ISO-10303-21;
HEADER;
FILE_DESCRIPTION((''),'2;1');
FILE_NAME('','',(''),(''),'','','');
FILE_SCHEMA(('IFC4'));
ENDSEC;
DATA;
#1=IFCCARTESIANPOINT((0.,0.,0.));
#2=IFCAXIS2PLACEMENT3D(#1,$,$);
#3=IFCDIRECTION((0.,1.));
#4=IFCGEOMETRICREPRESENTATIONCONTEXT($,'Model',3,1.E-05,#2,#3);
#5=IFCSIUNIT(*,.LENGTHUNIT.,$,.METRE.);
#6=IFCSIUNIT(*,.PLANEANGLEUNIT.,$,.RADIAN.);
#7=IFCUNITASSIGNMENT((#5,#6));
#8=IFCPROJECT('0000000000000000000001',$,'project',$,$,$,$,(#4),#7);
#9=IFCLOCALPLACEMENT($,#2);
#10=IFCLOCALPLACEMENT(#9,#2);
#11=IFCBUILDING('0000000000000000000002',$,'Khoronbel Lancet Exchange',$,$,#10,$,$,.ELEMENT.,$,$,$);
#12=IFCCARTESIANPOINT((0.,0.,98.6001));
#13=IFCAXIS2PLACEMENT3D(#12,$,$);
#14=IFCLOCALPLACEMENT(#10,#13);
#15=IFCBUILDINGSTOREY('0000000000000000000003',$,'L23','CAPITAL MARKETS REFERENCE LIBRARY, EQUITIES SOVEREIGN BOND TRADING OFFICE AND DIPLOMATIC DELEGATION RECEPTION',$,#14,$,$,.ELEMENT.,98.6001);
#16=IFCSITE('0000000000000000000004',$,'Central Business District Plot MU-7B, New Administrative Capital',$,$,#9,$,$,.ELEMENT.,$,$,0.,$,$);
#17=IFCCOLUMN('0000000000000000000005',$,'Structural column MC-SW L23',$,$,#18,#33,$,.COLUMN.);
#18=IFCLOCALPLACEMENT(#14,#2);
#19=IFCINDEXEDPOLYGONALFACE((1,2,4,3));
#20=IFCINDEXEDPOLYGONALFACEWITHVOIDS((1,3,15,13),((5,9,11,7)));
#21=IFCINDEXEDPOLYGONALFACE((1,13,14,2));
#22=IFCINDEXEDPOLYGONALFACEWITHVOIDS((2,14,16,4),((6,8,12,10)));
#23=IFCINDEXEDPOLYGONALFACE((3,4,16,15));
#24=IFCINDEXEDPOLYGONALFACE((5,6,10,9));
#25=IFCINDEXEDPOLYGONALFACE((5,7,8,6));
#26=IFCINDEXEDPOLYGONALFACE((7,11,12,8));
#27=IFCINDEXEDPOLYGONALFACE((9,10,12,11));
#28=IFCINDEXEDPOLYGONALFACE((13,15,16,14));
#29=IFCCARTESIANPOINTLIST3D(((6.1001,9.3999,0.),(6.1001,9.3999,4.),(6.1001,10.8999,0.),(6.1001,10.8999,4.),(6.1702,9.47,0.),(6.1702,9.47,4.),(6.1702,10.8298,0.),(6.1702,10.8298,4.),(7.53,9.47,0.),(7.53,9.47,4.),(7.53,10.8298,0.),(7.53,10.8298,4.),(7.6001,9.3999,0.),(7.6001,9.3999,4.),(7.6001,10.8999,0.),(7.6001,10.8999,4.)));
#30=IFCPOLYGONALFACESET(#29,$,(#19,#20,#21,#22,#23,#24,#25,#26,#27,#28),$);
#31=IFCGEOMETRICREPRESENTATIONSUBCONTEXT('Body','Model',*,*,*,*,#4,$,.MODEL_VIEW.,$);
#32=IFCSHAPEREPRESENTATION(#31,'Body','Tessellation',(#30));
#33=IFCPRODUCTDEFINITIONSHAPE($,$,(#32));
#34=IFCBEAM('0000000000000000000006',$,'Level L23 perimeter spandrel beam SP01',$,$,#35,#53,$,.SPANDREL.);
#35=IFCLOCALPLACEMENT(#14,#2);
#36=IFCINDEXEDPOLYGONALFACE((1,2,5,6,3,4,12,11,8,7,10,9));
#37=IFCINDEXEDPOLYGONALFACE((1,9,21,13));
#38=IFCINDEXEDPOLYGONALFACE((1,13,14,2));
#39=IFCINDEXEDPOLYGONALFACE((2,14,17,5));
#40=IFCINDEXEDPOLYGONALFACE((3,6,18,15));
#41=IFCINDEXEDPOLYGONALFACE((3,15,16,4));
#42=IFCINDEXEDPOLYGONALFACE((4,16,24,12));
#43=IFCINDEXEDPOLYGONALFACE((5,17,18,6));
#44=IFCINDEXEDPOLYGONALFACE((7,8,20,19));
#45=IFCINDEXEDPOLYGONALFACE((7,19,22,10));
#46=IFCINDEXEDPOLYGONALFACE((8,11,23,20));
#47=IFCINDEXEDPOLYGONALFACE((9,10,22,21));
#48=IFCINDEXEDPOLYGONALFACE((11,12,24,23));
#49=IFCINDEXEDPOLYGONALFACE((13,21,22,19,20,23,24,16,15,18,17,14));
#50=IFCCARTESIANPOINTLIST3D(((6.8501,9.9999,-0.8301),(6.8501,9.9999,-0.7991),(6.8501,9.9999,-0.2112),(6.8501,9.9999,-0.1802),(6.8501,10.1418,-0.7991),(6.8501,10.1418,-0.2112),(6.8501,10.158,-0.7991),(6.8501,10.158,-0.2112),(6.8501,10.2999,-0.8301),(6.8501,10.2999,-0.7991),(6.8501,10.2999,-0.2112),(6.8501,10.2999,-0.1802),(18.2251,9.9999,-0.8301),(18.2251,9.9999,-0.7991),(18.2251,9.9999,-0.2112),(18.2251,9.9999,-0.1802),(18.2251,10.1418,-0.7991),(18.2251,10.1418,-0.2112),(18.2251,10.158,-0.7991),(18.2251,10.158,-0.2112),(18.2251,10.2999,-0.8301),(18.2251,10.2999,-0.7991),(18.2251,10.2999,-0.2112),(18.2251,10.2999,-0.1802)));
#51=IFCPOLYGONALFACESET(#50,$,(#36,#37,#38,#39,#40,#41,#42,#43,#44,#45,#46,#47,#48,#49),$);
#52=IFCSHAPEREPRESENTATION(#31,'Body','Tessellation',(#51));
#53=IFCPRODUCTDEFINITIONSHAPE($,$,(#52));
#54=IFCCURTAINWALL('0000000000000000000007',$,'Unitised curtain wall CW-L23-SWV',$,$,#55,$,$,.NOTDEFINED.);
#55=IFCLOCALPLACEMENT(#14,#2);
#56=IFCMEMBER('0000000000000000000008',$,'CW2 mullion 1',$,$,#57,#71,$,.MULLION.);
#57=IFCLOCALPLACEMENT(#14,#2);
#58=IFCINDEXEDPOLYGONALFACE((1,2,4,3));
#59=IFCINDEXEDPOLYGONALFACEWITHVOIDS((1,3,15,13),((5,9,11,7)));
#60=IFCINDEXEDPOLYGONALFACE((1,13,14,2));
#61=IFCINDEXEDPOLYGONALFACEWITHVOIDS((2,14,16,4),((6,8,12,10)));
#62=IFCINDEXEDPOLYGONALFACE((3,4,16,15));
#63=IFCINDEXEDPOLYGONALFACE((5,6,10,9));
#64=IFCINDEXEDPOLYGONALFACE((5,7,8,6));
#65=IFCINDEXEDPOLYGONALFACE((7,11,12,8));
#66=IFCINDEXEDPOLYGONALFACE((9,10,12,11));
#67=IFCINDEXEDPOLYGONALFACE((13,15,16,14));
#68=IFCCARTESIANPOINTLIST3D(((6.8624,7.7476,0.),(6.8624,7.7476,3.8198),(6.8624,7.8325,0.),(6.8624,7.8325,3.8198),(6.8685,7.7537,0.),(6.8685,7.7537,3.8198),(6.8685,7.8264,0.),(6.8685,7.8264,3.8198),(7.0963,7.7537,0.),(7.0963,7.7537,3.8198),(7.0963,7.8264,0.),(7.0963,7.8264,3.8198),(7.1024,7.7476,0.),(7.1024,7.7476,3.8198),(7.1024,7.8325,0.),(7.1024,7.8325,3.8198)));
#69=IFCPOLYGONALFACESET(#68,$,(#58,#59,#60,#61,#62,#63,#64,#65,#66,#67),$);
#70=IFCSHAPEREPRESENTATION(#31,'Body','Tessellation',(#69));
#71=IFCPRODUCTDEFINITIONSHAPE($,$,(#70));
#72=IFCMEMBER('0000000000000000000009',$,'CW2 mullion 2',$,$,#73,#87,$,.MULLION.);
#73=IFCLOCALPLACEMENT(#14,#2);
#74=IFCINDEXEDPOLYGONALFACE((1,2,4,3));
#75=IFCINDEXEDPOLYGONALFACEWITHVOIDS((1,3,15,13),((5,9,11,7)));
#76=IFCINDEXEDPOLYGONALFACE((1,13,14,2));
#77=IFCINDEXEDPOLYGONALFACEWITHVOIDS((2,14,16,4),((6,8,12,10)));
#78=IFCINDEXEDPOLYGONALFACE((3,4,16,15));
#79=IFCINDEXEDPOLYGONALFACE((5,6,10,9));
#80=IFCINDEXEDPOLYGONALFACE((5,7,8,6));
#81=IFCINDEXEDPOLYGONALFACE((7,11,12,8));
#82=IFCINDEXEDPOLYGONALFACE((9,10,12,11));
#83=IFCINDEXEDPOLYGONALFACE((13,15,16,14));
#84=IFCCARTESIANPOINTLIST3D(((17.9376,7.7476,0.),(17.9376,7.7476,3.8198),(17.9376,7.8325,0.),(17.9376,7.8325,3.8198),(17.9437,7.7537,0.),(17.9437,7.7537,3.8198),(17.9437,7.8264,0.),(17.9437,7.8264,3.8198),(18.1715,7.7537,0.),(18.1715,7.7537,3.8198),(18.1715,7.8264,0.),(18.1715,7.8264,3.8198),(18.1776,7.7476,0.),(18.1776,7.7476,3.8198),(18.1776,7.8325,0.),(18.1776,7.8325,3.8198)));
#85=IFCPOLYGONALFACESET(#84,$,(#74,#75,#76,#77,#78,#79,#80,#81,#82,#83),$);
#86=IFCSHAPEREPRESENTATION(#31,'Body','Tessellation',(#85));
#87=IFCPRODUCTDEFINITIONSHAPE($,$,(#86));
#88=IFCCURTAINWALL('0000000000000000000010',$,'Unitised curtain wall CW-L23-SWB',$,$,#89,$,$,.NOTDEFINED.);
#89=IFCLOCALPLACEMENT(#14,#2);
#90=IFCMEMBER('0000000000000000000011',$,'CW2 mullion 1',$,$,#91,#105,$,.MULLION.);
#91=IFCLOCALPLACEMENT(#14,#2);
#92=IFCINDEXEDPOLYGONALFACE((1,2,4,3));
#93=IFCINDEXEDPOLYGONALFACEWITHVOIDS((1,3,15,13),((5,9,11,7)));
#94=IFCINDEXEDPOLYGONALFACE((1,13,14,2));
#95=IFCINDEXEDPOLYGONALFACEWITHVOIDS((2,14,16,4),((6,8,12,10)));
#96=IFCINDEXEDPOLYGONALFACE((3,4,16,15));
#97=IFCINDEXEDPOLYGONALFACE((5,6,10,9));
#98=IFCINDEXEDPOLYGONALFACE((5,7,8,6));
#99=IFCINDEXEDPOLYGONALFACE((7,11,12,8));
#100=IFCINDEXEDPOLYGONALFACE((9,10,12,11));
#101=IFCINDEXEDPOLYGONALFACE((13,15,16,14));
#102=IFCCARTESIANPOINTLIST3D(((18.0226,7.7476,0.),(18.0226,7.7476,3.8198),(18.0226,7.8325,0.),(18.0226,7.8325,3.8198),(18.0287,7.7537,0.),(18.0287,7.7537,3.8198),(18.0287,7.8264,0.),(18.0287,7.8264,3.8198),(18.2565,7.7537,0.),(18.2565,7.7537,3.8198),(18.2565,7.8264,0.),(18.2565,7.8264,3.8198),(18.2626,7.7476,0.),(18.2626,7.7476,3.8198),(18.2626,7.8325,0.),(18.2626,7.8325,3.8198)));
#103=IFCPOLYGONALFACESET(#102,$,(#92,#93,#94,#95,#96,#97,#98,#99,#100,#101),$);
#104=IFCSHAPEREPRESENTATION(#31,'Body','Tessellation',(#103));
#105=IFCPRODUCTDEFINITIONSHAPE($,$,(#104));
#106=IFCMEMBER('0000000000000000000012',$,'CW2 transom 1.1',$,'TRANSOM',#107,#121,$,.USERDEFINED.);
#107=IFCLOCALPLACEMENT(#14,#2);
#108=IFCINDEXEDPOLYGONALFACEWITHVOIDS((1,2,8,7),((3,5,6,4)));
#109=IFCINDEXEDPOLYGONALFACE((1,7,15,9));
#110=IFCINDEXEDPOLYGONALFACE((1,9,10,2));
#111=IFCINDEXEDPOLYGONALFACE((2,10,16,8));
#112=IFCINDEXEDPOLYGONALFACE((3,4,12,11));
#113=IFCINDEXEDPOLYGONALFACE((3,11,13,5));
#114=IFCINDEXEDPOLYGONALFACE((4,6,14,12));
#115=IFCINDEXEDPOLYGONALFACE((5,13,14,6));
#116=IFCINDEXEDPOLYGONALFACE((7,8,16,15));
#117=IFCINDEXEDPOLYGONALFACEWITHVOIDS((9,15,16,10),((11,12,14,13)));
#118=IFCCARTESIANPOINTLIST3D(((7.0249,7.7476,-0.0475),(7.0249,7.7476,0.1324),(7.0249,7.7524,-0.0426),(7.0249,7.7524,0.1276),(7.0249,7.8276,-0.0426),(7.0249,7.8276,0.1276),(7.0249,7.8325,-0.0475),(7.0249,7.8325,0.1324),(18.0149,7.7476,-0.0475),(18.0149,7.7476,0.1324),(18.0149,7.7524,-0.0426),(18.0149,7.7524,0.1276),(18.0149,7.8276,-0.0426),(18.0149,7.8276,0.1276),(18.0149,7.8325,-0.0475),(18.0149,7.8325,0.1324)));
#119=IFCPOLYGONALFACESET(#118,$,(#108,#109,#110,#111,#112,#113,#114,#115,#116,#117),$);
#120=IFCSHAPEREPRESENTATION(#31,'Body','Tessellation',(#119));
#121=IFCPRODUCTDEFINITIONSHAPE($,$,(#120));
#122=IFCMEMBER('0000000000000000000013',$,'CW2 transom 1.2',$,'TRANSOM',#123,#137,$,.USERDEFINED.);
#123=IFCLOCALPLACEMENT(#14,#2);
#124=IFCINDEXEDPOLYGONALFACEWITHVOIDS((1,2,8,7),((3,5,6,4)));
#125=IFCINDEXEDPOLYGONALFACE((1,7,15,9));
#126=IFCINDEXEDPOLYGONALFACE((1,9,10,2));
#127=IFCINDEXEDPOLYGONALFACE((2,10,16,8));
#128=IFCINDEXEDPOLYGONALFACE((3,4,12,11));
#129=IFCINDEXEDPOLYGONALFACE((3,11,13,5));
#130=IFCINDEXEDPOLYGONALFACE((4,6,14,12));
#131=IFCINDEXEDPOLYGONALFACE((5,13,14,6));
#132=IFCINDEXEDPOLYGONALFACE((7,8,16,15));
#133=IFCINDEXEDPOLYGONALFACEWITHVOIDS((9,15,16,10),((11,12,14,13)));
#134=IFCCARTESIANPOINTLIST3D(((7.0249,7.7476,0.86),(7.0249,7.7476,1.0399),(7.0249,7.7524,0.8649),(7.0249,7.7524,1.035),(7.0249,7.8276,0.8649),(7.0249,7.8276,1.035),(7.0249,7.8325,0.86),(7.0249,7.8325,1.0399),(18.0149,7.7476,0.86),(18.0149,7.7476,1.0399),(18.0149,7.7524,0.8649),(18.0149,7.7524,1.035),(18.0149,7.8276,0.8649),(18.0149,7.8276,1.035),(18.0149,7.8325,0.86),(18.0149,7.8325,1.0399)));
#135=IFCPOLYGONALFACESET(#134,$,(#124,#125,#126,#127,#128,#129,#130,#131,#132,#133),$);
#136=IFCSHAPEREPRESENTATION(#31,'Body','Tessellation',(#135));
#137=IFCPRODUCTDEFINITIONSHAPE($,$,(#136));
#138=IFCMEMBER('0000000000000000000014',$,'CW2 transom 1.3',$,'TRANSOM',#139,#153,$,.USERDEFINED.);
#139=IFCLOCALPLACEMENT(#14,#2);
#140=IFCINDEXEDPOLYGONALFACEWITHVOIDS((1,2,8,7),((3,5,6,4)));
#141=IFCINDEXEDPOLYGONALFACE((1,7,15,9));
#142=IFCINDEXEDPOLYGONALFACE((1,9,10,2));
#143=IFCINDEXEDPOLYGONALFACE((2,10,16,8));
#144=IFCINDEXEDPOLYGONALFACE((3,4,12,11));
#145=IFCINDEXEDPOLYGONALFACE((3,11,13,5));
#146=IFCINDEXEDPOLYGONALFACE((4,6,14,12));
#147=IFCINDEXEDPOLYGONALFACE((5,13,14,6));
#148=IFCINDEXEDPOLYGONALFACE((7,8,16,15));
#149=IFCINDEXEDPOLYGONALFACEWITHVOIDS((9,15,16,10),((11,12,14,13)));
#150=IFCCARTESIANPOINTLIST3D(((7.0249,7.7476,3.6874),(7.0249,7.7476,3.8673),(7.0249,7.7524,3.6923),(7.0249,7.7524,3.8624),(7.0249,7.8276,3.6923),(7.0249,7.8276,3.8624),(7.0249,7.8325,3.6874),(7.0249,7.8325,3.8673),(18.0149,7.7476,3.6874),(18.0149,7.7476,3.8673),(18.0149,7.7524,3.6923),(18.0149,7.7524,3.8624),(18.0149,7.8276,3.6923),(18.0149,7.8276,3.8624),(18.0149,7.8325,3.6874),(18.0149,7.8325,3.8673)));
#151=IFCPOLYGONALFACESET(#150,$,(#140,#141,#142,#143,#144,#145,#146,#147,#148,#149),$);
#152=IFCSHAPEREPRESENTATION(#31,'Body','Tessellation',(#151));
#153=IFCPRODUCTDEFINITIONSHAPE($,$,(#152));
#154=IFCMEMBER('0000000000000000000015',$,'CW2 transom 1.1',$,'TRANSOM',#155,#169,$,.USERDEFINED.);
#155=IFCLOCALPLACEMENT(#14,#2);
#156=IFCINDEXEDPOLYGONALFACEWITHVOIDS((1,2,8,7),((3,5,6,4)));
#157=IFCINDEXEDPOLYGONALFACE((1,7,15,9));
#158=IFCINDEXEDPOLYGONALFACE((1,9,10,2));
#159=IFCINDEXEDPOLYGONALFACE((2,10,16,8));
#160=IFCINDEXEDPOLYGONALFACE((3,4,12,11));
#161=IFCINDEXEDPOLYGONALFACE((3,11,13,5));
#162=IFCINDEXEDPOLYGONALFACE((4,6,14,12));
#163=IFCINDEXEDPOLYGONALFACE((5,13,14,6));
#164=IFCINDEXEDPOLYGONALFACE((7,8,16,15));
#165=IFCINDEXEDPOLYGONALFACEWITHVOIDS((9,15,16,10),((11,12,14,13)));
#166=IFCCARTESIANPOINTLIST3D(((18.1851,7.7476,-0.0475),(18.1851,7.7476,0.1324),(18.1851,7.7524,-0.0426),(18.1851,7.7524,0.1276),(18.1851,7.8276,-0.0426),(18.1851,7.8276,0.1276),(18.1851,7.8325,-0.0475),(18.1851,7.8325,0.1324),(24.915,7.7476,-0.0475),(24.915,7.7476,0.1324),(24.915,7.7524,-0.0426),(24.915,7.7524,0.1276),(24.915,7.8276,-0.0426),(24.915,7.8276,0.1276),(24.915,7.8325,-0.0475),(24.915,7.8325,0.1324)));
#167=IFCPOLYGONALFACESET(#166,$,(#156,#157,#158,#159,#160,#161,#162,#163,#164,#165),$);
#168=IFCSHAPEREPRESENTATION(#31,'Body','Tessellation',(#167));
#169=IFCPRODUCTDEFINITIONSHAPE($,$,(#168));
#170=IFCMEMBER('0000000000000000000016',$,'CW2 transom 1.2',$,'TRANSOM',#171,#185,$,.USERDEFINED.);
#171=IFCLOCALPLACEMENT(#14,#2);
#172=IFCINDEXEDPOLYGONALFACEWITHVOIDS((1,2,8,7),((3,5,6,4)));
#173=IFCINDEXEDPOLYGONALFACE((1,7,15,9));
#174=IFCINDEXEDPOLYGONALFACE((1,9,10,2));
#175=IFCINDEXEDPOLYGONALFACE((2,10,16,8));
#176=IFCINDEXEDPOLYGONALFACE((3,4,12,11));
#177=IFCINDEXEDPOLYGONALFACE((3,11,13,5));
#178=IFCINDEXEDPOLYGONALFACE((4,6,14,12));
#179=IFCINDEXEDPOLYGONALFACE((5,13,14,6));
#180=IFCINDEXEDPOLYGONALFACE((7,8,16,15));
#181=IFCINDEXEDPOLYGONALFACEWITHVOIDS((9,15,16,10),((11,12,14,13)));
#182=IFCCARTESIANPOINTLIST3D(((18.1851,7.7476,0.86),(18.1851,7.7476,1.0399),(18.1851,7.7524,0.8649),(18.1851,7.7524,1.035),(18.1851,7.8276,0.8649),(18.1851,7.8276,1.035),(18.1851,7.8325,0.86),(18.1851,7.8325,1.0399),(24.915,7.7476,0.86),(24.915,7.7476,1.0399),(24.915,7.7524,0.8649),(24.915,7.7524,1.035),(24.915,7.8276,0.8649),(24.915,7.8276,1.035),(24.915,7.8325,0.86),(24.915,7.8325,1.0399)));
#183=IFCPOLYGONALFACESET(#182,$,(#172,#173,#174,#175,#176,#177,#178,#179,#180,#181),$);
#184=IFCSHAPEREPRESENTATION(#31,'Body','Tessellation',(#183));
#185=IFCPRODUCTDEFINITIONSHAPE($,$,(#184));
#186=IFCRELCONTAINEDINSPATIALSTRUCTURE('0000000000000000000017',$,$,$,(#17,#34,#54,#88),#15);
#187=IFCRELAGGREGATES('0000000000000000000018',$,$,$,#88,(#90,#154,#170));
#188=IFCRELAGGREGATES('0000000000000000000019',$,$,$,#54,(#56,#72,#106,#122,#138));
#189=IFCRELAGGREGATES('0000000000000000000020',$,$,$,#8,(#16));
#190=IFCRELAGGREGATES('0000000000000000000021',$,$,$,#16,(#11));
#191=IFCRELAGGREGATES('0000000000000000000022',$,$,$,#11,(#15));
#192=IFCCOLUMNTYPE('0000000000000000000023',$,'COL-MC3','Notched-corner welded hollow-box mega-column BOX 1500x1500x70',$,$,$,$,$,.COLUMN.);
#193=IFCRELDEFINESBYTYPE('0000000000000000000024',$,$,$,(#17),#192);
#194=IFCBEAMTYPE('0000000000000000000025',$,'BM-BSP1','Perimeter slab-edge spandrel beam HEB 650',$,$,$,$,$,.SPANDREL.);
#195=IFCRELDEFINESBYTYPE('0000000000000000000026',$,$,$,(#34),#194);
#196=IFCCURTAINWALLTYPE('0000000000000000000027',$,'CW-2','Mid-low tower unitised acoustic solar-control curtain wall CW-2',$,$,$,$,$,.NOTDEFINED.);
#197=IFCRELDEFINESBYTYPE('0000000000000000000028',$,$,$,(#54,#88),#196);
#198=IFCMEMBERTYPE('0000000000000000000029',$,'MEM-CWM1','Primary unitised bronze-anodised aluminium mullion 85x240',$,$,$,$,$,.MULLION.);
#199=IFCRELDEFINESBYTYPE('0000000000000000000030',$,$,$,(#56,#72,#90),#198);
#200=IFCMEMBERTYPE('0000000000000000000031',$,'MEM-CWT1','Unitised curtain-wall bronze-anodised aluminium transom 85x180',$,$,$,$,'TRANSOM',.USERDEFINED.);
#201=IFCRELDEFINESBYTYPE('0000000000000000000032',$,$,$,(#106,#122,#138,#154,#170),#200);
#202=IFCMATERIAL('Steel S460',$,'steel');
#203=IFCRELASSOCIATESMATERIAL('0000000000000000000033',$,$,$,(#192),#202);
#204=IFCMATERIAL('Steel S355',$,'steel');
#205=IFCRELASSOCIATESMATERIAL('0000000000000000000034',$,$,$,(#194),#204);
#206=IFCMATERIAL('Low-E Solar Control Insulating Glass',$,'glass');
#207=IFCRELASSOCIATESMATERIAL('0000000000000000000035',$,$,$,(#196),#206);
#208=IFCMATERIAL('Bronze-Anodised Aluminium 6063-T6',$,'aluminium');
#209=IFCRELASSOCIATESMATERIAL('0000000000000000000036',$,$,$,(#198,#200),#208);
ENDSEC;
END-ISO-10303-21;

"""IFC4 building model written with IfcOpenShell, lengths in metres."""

from ifc_helpers import new_model, si_unit, direction, frame, origin, origin_2d, place, context, subcontext, project, spatial, hollow_rectangle, i_section, extrude, material, material_profile, profile_set, type_object, element, aggregate, save


model = new_model("IFC4")

# Units and contexts
model_context = context("Model", 3, precision=1e-05, world=origin(), true_north=direction((0.0, 1.0)))
body_context = subcontext(model_context, "Body", "Model", "MODEL_VIEW")
ifc_project = project(units=[si_unit("LENGTHUNIT", "METRE"), si_unit("PLANEANGLEUNIT", "RADIAN")], contexts=[model_context])

# Site, building, storey
site_placement = place(None, origin())
site = spatial("IfcSite", under=ifc_project, at=site_placement, Name="Central Business District Plot MU-7B, New Administrative Capital", CompositionType="ELEMENT", RefElevation=0.0)
building_placement = place(site_placement, origin())
building = spatial("IfcBuilding", under=site, at=building_placement, Name="Khoronbel Lancet Exchange", CompositionType="ELEMENT")
storey_placement = place(building_placement, frame((0.0, 0.0, 98.6001)))
storey = spatial("IfcBuildingStorey", under=building, at=storey_placement, Name="L23", Description="CAPITAL MARKETS REFERENCE LIBRARY, EQUITIES SOVEREIGN BOND TRADING OFFICE AND DIPLOMATIC DELEGATION RECEPTION", CompositionType="ELEMENT", Elevation=98.6001)

# Column
ifc_material_1 = material(Name="Steel S460", Category="steel")
ifc_material_profile_1 = material_profile(ifc_material_1, hollow_rectangle(XDim=1.5, YDim=1.5, WallThickness=0.0701, at=origin_2d()), Name="BOX 1500x1500x70")
ifc_profile_set_1 = profile_set([ifc_material_profile_1], Name="Steel S460")
column_type = type_object("IfcColumnType", Name="COL-MC3", Description="Notched-corner welded hollow-box mega-column BOX 1500x1500x70", PredefinedType="COLUMN", material=ifc_profile_set_1)
column_placement = place(storey_placement, frame((6.8501, 10.1499, 0.0), z_axis=(0.0, 0.0, 1.0), x_axis=(1.0, 0.0, 0.0)))
element("IfcColumn", 1, at=column_placement, inside=storey, type_object=column_type, Name="Structural column MC-SW L23", PredefinedType="COLUMN", context=body_context, shape_type="SweptSolid", body=[
    extrude(hollow_rectangle(XDim=1.5, YDim=1.5, WallThickness=0.0701, at=origin_2d()), origin(), (0.0, 0.0, 1.0), 4.0),
])

# Beam
ifc_material_2 = material(Name="Steel S355", Category="steel")
ifc_material_profile_2 = material_profile(ifc_material_2, i_section(OverallWidth=0.3, OverallDepth=0.6499, WebThickness=0.0161, FlangeThickness=0.031, at=origin_2d()), Name="HEB 650")
ifc_profile_set_2 = profile_set([ifc_material_profile_2], Name="Steel S355")
beam_type = type_object("IfcBeamType", Name="BM-BSP1", Description="Perimeter slab-edge spandrel beam HEB 650", PredefinedType="SPANDREL", material=ifc_profile_set_2)
beam_placement = place(storey_placement, frame((6.8501, 10.1499, -0.5051), z_axis=(1.0, 0.0, 0.0), x_axis=(0.0, 1.0, 0.0)))
element("IfcBeam", 2, at=beam_placement, inside=storey, type_object=beam_type, Name="Level L23 perimeter spandrel beam SP01", PredefinedType="SPANDREL", context=body_context, shape_type="SweptSolid", body=[
    extrude(i_section(OverallWidth=0.3, OverallDepth=0.6499, WebThickness=0.0161, FlangeThickness=0.031, at=origin_2d()), origin(), (0.0, 0.0, 1.0), 11.375),
])

# Curtain wall, members
ifc_material_3 = material(Name="Low-E Solar Control Insulating Glass", Category="glass")
curtain_wall_type = type_object("IfcCurtainWallType", Name="CW-2", Description="Mid-low tower unitised acoustic solar-control curtain wall CW-2", PredefinedType="NOTDEFINED", material=ifc_material_3)
curtain_wall_1_placement = place(storey_placement, origin())
curtain_wall_1 = element("IfcCurtainWall", 3, at=curtain_wall_1_placement, inside=storey, type_object=curtain_wall_type, Name="Unitised curtain wall CW-L23-SWV", PredefinedType="NOTDEFINED")
ifc_material_4 = material(Name="Bronze-Anodised Aluminium 6063-T6", Category="aluminium")
ifc_material_profile_3 = material_profile(ifc_material_4, hollow_rectangle(XDim=0.085, YDim=0.24, WallThickness=0.0061, at=origin_2d()), Name="ALU MULLION 85x240")
ifc_profile_set_3 = profile_set([ifc_material_profile_3], Name="Bronze-Anodised Aluminium 6063-T6")
member_type_1 = type_object("IfcMemberType", Name="MEM-CWM1", Description="Primary unitised bronze-anodised aluminium mullion 85x240", PredefinedType="MULLION", material=ifc_profile_set_3)
member_1_placement = place(storey_placement, frame((6.9824, 7.79, 0.0), z_axis=(0.0, 0.0, 1.0), x_axis=(0.0, 1.0, 0.0)))
member_1 = element("IfcMember", 4, at=member_1_placement, type_object=member_type_1, Name="CW2 mullion 1", PredefinedType="MULLION", context=body_context, shape_type="SweptSolid", body=[
    extrude(hollow_rectangle(XDim=0.085, YDim=0.24, WallThickness=0.0061, at=origin_2d()), origin(), (0.0, 0.0, 1.0), 3.8198),
])
member_2_placement = place(storey_placement, frame((18.0576, 7.79, 0.0), z_axis=(0.0, 0.0, 1.0), x_axis=(0.0, 1.0, 0.0)))
member_2 = element("IfcMember", 5, at=member_2_placement, type_object=member_type_1, Name="CW2 mullion 2", PredefinedType="MULLION", context=body_context, shape_type="SweptSolid", body=[
    extrude(hollow_rectangle(XDim=0.085, YDim=0.24, WallThickness=0.0061, at=origin_2d()), origin(), (0.0, 0.0, 1.0), 3.8198),
])

# Curtain wall, member
curtain_wall_2_placement = place(storey_placement, origin())
curtain_wall_2 = element("IfcCurtainWall", 6, at=curtain_wall_2_placement, inside=storey, type_object=curtain_wall_type, Name="Unitised curtain wall CW-L23-SWB", PredefinedType="NOTDEFINED")
member_3_placement = place(storey_placement, frame((18.1426, 7.79, 0.0), z_axis=(0.0, 0.0, 1.0), x_axis=(0.0, 1.0, 0.0)))
member_3 = element("IfcMember", 7, at=member_3_placement, type_object=member_type_1, Name="CW2 mullion 1", PredefinedType="MULLION", context=body_context, shape_type="SweptSolid", body=[
    extrude(hollow_rectangle(XDim=0.085, YDim=0.24, WallThickness=0.0061, at=origin_2d()), origin(), (0.0, 0.0, 1.0), 3.8198),
])

# Members
ifc_material_profile_4 = material_profile(ifc_material_4, hollow_rectangle(XDim=0.085, YDim=0.1799, WallThickness=0.0049, at=origin_2d()), Name="ALU TRANSOM 85x180")
ifc_profile_set_4 = profile_set([ifc_material_profile_4], Name="Bronze-Anodised Aluminium 6063-T6")
member_type_2 = type_object("IfcMemberType", Name="MEM-CWT1", Description="Unitised curtain-wall bronze-anodised aluminium transom 85x180", ElementType="TRANSOM", PredefinedType="USERDEFINED", material=ifc_profile_set_4)
member_4_placement = place(storey_placement, frame((7.0249, 7.79, 0.0425), z_axis=(1.0, 0.0, 0.0), x_axis=(0.0, 1.0, 0.0)))
member_4 = element("IfcMember", 8, at=member_4_placement, type_object=member_type_2, Name="CW2 transom 1.1", ObjectType="TRANSOM", PredefinedType="USERDEFINED", context=body_context, shape_type="SweptSolid", body=[
    extrude(hollow_rectangle(XDim=0.085, YDim=0.1799, WallThickness=0.0049, at=origin_2d()), origin(), (0.0, 0.0, 1.0), 10.99),
])
member_5_placement = place(storey_placement, frame((7.0249, 7.79, 0.95), z_axis=(1.0, 0.0, 0.0), x_axis=(0.0, 1.0, 0.0)))
member_5 = element("IfcMember", 9, at=member_5_placement, type_object=member_type_2, Name="CW2 transom 1.2", ObjectType="TRANSOM", PredefinedType="USERDEFINED", context=body_context, shape_type="SweptSolid", body=[
    extrude(hollow_rectangle(XDim=0.085, YDim=0.1799, WallThickness=0.0049, at=origin_2d()), origin(), (0.0, 0.0, 1.0), 10.99),
])
member_6_placement = place(storey_placement, frame((7.0249, 7.79, 3.7773), z_axis=(1.0, 0.0, 0.0), x_axis=(0.0, 1.0, 0.0)))
member_6 = element("IfcMember", 10, at=member_6_placement, type_object=member_type_2, Name="CW2 transom 1.3", ObjectType="TRANSOM", PredefinedType="USERDEFINED", context=body_context, shape_type="SweptSolid", body=[
    extrude(hollow_rectangle(XDim=0.085, YDim=0.1799, WallThickness=0.0049, at=origin_2d()), origin(), (0.0, 0.0, 1.0), 10.99),
])
member_7_placement = place(storey_placement, frame((18.1851, 7.79, 0.0425), z_axis=(1.0, 0.0, 0.0), x_axis=(0.0, 1.0, 0.0)))
member_7 = element("IfcMember", 11, at=member_7_placement, type_object=member_type_2, Name="CW2 transom 1.1", ObjectType="TRANSOM", PredefinedType="USERDEFINED", context=body_context, shape_type="SweptSolid", body=[
    extrude(hollow_rectangle(XDim=0.085, YDim=0.1799, WallThickness=0.0049, at=origin_2d()), origin(), (0.0, 0.0, 1.0), 6.73),
])
member_8_placement = place(storey_placement, frame((18.1851, 7.79, 0.95), z_axis=(1.0, 0.0, 0.0), x_axis=(0.0, 1.0, 0.0)))
member_8 = element("IfcMember", 12, at=member_8_placement, type_object=member_type_2, Name="CW2 transom 1.2", ObjectType="TRANSOM", PredefinedType="USERDEFINED", context=body_context, shape_type="SweptSolid", body=[
    extrude(hollow_rectangle(XDim=0.085, YDim=0.1799, WallThickness=0.0049, at=origin_2d()), origin(), (0.0, 0.0, 1.0), 6.73),
])
aggregate(curtain_wall_2, [member_3, member_7, member_8])

aggregate(curtain_wall_1, [member_1, member_2, member_4, member_5, member_6])

save(model, "model.ifc")
